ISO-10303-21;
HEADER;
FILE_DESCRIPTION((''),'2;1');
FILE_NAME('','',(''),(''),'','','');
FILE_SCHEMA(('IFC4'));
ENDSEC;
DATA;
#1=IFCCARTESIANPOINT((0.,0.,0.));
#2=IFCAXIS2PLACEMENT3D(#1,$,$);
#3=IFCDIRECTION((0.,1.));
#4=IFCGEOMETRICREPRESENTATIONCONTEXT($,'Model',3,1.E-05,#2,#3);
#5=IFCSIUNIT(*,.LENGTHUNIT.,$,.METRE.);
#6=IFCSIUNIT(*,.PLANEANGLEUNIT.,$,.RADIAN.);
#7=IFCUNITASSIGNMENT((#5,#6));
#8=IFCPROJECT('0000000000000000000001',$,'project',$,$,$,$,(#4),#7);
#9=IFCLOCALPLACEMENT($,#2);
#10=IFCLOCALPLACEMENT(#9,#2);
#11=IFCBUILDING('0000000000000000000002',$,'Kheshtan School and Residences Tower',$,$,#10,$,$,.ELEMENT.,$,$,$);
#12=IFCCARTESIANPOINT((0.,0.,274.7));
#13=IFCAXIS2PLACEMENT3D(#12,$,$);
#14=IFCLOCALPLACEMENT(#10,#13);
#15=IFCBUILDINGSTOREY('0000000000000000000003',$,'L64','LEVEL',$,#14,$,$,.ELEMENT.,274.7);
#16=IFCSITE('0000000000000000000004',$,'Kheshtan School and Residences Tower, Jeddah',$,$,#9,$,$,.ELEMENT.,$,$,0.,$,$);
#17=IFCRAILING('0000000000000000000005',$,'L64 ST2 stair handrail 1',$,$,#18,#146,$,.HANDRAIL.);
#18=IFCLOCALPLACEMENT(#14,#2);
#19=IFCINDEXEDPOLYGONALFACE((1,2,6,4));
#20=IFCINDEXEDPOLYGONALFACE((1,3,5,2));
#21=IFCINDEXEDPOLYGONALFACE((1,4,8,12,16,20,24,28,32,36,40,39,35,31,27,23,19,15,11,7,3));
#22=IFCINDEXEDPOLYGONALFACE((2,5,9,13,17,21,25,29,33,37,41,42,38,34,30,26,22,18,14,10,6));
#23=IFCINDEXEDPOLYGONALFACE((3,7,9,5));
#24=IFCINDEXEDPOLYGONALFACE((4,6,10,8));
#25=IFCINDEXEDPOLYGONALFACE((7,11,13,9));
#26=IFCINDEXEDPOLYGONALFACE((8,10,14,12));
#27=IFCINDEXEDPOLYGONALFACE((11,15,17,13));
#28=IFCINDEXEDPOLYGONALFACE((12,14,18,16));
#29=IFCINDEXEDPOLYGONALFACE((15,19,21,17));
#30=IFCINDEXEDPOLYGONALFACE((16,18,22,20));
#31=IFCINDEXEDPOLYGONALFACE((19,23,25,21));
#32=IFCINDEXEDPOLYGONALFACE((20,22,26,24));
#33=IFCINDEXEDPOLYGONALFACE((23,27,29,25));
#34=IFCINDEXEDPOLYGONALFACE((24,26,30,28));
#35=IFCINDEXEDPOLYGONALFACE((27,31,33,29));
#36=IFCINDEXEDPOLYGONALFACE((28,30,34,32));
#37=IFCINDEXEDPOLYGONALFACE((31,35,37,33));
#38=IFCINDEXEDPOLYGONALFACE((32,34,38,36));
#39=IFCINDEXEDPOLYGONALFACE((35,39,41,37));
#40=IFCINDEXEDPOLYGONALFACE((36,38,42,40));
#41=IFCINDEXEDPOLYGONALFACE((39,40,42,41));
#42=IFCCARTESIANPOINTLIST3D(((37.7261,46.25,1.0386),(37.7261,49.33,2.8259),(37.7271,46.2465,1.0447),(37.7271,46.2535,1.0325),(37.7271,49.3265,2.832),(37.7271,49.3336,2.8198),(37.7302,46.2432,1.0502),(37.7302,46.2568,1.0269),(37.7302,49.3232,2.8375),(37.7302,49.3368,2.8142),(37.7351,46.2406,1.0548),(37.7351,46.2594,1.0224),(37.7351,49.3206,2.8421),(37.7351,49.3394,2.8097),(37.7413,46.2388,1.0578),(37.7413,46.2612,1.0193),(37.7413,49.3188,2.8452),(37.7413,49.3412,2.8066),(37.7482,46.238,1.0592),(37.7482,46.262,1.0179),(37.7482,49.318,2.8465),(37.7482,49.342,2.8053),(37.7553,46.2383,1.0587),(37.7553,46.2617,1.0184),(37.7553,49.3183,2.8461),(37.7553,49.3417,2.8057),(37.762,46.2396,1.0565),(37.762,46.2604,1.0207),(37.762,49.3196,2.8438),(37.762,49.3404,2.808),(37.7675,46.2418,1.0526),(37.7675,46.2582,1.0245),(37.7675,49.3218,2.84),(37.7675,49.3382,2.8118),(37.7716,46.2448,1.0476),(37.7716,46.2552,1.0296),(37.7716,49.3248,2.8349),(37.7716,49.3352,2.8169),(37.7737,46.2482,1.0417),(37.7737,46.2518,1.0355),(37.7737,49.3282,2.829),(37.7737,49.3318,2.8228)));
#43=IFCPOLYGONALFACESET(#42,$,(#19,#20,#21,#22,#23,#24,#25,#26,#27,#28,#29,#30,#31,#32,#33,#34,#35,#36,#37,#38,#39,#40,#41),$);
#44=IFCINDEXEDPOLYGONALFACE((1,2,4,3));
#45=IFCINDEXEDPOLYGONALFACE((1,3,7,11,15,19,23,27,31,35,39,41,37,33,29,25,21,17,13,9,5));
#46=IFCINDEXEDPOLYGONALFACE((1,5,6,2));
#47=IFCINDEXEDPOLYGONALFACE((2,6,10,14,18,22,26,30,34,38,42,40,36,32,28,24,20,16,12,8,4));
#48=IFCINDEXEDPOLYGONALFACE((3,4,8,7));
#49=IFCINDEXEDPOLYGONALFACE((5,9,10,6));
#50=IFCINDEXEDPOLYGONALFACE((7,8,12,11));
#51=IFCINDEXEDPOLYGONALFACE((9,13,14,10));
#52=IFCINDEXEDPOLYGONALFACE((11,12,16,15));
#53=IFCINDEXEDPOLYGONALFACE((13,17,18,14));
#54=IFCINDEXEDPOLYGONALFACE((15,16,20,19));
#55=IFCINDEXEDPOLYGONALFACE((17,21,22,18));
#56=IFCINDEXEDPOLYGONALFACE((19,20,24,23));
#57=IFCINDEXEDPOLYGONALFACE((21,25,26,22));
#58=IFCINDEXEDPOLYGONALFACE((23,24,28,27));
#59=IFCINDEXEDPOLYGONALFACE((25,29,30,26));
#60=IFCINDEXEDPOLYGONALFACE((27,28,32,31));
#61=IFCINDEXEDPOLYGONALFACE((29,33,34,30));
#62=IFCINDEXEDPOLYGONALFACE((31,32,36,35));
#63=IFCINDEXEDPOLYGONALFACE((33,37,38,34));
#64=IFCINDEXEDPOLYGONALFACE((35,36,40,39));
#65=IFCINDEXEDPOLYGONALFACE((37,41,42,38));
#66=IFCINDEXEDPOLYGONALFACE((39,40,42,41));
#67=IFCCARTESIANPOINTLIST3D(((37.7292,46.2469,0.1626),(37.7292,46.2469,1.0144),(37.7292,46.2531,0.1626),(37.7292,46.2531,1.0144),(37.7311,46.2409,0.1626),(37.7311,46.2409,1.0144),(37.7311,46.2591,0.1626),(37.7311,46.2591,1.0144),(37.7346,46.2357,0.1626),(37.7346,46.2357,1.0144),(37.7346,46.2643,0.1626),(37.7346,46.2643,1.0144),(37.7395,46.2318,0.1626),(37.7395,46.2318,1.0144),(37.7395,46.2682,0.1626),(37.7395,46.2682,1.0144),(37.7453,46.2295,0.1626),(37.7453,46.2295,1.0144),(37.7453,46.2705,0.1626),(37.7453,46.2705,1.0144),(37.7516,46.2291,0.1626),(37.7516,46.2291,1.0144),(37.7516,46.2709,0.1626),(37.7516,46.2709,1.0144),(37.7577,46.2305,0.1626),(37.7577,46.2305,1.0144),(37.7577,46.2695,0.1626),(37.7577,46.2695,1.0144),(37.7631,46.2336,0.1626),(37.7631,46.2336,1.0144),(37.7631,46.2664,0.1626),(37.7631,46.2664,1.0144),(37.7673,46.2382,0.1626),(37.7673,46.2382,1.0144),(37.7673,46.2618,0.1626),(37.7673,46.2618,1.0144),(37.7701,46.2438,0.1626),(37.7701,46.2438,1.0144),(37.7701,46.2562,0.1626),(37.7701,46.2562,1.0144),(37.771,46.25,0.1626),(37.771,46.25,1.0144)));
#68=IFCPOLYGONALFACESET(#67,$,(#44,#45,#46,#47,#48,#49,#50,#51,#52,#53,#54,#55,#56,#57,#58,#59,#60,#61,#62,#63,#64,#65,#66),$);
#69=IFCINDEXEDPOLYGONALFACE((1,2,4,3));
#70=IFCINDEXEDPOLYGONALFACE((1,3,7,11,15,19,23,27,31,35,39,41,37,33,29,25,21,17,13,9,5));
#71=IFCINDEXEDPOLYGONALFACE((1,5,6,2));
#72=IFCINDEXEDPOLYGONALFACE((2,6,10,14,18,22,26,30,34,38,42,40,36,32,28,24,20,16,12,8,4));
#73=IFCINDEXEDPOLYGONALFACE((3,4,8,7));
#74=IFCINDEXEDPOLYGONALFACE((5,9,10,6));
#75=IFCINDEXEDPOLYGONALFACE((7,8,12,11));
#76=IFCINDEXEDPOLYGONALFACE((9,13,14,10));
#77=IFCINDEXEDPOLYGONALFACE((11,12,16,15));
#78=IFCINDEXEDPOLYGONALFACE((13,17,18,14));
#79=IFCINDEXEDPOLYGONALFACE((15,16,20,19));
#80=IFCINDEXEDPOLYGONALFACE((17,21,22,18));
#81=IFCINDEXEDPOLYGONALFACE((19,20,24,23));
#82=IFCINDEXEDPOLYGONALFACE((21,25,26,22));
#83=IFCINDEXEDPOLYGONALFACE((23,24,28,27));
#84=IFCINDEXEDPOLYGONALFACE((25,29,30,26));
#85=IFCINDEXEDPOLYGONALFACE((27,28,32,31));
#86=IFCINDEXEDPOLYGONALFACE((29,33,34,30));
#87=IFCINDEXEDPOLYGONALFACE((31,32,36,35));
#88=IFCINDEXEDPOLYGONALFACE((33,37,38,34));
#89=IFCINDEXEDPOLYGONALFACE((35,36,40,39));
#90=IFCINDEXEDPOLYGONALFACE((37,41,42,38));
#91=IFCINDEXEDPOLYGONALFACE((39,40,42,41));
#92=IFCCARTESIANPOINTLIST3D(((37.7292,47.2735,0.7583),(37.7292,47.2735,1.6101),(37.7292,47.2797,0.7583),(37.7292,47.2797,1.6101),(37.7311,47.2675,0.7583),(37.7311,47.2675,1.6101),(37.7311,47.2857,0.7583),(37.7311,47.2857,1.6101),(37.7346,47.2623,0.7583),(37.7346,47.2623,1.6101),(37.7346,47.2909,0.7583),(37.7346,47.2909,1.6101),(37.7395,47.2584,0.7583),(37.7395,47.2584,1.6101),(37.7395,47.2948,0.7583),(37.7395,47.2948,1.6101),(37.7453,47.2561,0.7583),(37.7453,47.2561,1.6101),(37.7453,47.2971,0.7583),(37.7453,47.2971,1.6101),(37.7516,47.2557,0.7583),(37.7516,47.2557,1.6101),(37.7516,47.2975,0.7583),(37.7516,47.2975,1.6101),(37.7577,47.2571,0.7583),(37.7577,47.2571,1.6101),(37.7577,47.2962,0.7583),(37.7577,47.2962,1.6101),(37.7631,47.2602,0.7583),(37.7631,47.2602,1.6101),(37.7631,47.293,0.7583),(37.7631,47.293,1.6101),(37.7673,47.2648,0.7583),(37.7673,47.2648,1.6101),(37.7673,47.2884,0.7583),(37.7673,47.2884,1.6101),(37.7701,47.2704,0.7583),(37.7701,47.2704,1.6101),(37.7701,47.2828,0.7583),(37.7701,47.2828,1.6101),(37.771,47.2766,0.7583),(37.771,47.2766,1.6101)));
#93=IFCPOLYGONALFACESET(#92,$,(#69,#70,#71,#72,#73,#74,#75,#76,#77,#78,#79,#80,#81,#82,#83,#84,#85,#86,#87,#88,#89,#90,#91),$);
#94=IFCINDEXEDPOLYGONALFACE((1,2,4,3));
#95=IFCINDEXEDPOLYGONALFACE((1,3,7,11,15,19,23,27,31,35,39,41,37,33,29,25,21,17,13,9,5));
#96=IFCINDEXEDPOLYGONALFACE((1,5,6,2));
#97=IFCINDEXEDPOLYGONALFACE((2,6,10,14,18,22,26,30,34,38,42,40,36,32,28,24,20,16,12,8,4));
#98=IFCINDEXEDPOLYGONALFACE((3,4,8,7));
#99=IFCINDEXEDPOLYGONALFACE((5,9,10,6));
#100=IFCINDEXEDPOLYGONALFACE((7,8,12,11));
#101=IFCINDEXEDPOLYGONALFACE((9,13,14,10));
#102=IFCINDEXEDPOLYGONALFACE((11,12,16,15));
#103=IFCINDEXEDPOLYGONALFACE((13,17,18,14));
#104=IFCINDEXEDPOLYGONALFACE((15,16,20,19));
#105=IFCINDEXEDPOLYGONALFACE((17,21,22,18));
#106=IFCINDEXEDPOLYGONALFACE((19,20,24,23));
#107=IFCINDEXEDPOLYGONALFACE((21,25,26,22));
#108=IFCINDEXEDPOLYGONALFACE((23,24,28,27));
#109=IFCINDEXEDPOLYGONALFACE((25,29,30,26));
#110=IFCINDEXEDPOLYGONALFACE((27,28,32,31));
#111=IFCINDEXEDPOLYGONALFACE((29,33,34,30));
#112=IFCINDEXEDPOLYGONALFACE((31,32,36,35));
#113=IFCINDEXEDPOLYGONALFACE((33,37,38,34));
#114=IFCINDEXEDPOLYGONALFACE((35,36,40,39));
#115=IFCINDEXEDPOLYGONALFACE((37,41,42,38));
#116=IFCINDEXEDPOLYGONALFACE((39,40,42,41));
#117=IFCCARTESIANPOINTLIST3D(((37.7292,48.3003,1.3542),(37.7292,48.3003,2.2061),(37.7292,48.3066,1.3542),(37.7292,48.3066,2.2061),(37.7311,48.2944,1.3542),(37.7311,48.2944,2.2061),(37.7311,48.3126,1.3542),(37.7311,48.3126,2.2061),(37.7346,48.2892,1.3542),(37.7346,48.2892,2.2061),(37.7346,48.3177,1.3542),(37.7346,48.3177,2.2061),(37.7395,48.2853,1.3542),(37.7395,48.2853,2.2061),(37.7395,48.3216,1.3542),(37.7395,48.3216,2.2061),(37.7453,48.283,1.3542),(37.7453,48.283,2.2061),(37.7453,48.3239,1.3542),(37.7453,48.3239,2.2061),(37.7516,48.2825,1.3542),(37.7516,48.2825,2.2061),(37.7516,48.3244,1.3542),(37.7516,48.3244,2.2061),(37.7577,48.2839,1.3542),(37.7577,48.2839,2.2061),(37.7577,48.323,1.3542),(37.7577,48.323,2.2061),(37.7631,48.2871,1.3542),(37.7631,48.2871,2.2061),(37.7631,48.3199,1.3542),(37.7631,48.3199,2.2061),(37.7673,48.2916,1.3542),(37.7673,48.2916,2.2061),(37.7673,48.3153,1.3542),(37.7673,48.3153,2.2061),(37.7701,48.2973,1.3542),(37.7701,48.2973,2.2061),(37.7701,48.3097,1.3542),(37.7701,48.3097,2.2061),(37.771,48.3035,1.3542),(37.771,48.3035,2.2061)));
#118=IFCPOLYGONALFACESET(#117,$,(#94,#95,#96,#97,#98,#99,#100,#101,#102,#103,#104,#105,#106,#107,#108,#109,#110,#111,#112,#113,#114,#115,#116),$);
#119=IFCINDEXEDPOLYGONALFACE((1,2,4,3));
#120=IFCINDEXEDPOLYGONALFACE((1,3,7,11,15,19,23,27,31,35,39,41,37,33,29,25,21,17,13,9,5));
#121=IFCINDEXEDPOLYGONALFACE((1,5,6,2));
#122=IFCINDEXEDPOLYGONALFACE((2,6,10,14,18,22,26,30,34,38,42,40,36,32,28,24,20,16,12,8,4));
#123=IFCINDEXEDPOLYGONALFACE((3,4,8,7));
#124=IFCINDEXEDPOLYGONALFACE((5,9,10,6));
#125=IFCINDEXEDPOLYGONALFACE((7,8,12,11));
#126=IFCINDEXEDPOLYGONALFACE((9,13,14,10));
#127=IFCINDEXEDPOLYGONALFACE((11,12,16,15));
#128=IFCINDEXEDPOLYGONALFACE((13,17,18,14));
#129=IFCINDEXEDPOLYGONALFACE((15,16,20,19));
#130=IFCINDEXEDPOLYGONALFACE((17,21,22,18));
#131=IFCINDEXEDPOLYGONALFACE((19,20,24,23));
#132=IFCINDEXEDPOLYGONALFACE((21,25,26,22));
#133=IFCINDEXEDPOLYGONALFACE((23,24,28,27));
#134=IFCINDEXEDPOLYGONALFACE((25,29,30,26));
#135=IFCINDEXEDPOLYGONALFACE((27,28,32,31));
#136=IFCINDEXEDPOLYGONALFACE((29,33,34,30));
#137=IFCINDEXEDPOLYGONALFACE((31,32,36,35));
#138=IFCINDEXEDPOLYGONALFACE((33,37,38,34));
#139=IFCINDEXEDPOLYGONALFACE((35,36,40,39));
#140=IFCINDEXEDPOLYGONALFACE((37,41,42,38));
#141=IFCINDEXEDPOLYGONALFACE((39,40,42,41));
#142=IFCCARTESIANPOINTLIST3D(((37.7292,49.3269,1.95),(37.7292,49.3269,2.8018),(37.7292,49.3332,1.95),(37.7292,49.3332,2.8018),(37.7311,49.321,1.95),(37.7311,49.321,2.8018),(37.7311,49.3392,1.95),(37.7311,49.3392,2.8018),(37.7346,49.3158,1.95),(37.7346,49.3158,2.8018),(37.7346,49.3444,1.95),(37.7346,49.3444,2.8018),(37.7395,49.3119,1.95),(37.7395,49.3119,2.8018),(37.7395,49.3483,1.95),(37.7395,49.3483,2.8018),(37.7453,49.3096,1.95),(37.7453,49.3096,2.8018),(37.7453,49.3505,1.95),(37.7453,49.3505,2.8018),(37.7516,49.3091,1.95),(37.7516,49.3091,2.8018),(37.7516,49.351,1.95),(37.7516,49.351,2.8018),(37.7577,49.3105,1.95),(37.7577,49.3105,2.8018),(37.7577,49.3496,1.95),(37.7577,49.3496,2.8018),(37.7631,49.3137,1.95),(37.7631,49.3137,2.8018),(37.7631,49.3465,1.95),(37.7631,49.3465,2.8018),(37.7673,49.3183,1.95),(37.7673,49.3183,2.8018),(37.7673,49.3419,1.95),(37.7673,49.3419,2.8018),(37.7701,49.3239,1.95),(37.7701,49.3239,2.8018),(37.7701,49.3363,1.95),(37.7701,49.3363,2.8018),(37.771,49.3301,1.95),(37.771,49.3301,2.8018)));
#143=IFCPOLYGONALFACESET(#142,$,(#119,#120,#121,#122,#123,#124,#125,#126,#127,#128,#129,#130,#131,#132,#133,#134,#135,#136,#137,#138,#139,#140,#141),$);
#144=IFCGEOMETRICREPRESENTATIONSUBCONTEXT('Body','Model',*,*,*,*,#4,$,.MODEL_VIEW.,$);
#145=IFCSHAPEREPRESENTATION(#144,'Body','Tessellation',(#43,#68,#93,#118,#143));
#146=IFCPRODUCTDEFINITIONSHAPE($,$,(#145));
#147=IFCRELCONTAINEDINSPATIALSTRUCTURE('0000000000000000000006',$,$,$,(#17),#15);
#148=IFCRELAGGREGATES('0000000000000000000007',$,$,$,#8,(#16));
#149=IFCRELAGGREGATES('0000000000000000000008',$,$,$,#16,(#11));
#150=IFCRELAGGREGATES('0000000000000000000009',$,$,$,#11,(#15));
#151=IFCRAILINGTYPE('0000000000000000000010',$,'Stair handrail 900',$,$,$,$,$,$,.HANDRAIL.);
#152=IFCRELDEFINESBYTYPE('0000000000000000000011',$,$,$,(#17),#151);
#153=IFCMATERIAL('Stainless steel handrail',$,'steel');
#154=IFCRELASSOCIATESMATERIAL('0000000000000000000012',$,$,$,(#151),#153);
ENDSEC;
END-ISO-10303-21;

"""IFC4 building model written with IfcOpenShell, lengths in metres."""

from ifc_helpers import new_model, si_unit, direction, frame, origin, origin_2d, place, context, subcontext, project, spatial, circle, extrude, material, type_object, element, save


model = new_model("IFC4")

# Units and contexts
model_context = context("Model", 3, precision=1e-05, world=origin(), true_north=direction((0.0, 1.0)))
body_context = subcontext(model_context, "Body", "Model", "MODEL_VIEW")
ifc_project = project(units=[si_unit("LENGTHUNIT", "METRE"), si_unit("PLANEANGLEUNIT", "RADIAN")], contexts=[model_context])

# Site, building, storey
site_placement = place(None, origin())
site = spatial("IfcSite", under=ifc_project, at=site_placement, Name="Kheshtan School and Residences Tower, Jeddah", CompositionType="ELEMENT", RefElevation=0.0)
building_placement = place(site_placement, origin())
building = spatial("IfcBuilding", under=site, at=building_placement, Name="Kheshtan School and Residences Tower", CompositionType="ELEMENT")
storey_placement = place(building_placement, frame((0.0, 0.0, 274.7)))
storey = spatial("IfcBuildingStorey", under=building, at=storey_placement, Name="L64", Description="LEVEL", CompositionType="ELEMENT", Elevation=274.7)

# Railing
ifc_material_1 = material(Name="Stainless steel handrail", Category="steel")
railing_type_1 = type_object("IfcRailingType", Name="Stair handrail 900", PredefinedType="HANDRAIL", material=ifc_material_1)
railing_1_placement = place(storey_placement, frame((37.75, 46.25, 0.1626)))
element("IfcRailing", 1, at=railing_1_placement, inside=storey, type_object=railing_type_1, Name="L64 ST2 stair handrail 1", PredefinedType="HANDRAIL", context=body_context, shape_type="SweptSolid", body=[
    extrude(circle(Radius=0.0239, at=origin_2d()), frame((0.0, 0.0, 0.876), z_axis=(0.0, 0.86492, 0.501909), x_axis=(-1.0, 0.0, 0.0)), (0.0, 0.0, 1.0), 3.561),
    extrude(circle(Radius=0.021, at=origin_2d()), origin(), (0.0, 0.0, 1.0), 0.8518),
    extrude(circle(Radius=0.021, at=origin_2d()), frame((0.0, 1.0266, 0.5957)), (0.0, 0.0, 1.0), 0.8518),
    extrude(circle(Radius=0.021, at=origin_2d()), frame((0.0, 2.0535, 1.1917)), (0.0, 0.0, 1.0), 0.8518),
    extrude(circle(Radius=0.021, at=origin_2d()), frame((0.0, 3.0801, 1.7874)), (0.0, 0.0, 1.0), 0.8518),
])

save(model, "model.ifc")
